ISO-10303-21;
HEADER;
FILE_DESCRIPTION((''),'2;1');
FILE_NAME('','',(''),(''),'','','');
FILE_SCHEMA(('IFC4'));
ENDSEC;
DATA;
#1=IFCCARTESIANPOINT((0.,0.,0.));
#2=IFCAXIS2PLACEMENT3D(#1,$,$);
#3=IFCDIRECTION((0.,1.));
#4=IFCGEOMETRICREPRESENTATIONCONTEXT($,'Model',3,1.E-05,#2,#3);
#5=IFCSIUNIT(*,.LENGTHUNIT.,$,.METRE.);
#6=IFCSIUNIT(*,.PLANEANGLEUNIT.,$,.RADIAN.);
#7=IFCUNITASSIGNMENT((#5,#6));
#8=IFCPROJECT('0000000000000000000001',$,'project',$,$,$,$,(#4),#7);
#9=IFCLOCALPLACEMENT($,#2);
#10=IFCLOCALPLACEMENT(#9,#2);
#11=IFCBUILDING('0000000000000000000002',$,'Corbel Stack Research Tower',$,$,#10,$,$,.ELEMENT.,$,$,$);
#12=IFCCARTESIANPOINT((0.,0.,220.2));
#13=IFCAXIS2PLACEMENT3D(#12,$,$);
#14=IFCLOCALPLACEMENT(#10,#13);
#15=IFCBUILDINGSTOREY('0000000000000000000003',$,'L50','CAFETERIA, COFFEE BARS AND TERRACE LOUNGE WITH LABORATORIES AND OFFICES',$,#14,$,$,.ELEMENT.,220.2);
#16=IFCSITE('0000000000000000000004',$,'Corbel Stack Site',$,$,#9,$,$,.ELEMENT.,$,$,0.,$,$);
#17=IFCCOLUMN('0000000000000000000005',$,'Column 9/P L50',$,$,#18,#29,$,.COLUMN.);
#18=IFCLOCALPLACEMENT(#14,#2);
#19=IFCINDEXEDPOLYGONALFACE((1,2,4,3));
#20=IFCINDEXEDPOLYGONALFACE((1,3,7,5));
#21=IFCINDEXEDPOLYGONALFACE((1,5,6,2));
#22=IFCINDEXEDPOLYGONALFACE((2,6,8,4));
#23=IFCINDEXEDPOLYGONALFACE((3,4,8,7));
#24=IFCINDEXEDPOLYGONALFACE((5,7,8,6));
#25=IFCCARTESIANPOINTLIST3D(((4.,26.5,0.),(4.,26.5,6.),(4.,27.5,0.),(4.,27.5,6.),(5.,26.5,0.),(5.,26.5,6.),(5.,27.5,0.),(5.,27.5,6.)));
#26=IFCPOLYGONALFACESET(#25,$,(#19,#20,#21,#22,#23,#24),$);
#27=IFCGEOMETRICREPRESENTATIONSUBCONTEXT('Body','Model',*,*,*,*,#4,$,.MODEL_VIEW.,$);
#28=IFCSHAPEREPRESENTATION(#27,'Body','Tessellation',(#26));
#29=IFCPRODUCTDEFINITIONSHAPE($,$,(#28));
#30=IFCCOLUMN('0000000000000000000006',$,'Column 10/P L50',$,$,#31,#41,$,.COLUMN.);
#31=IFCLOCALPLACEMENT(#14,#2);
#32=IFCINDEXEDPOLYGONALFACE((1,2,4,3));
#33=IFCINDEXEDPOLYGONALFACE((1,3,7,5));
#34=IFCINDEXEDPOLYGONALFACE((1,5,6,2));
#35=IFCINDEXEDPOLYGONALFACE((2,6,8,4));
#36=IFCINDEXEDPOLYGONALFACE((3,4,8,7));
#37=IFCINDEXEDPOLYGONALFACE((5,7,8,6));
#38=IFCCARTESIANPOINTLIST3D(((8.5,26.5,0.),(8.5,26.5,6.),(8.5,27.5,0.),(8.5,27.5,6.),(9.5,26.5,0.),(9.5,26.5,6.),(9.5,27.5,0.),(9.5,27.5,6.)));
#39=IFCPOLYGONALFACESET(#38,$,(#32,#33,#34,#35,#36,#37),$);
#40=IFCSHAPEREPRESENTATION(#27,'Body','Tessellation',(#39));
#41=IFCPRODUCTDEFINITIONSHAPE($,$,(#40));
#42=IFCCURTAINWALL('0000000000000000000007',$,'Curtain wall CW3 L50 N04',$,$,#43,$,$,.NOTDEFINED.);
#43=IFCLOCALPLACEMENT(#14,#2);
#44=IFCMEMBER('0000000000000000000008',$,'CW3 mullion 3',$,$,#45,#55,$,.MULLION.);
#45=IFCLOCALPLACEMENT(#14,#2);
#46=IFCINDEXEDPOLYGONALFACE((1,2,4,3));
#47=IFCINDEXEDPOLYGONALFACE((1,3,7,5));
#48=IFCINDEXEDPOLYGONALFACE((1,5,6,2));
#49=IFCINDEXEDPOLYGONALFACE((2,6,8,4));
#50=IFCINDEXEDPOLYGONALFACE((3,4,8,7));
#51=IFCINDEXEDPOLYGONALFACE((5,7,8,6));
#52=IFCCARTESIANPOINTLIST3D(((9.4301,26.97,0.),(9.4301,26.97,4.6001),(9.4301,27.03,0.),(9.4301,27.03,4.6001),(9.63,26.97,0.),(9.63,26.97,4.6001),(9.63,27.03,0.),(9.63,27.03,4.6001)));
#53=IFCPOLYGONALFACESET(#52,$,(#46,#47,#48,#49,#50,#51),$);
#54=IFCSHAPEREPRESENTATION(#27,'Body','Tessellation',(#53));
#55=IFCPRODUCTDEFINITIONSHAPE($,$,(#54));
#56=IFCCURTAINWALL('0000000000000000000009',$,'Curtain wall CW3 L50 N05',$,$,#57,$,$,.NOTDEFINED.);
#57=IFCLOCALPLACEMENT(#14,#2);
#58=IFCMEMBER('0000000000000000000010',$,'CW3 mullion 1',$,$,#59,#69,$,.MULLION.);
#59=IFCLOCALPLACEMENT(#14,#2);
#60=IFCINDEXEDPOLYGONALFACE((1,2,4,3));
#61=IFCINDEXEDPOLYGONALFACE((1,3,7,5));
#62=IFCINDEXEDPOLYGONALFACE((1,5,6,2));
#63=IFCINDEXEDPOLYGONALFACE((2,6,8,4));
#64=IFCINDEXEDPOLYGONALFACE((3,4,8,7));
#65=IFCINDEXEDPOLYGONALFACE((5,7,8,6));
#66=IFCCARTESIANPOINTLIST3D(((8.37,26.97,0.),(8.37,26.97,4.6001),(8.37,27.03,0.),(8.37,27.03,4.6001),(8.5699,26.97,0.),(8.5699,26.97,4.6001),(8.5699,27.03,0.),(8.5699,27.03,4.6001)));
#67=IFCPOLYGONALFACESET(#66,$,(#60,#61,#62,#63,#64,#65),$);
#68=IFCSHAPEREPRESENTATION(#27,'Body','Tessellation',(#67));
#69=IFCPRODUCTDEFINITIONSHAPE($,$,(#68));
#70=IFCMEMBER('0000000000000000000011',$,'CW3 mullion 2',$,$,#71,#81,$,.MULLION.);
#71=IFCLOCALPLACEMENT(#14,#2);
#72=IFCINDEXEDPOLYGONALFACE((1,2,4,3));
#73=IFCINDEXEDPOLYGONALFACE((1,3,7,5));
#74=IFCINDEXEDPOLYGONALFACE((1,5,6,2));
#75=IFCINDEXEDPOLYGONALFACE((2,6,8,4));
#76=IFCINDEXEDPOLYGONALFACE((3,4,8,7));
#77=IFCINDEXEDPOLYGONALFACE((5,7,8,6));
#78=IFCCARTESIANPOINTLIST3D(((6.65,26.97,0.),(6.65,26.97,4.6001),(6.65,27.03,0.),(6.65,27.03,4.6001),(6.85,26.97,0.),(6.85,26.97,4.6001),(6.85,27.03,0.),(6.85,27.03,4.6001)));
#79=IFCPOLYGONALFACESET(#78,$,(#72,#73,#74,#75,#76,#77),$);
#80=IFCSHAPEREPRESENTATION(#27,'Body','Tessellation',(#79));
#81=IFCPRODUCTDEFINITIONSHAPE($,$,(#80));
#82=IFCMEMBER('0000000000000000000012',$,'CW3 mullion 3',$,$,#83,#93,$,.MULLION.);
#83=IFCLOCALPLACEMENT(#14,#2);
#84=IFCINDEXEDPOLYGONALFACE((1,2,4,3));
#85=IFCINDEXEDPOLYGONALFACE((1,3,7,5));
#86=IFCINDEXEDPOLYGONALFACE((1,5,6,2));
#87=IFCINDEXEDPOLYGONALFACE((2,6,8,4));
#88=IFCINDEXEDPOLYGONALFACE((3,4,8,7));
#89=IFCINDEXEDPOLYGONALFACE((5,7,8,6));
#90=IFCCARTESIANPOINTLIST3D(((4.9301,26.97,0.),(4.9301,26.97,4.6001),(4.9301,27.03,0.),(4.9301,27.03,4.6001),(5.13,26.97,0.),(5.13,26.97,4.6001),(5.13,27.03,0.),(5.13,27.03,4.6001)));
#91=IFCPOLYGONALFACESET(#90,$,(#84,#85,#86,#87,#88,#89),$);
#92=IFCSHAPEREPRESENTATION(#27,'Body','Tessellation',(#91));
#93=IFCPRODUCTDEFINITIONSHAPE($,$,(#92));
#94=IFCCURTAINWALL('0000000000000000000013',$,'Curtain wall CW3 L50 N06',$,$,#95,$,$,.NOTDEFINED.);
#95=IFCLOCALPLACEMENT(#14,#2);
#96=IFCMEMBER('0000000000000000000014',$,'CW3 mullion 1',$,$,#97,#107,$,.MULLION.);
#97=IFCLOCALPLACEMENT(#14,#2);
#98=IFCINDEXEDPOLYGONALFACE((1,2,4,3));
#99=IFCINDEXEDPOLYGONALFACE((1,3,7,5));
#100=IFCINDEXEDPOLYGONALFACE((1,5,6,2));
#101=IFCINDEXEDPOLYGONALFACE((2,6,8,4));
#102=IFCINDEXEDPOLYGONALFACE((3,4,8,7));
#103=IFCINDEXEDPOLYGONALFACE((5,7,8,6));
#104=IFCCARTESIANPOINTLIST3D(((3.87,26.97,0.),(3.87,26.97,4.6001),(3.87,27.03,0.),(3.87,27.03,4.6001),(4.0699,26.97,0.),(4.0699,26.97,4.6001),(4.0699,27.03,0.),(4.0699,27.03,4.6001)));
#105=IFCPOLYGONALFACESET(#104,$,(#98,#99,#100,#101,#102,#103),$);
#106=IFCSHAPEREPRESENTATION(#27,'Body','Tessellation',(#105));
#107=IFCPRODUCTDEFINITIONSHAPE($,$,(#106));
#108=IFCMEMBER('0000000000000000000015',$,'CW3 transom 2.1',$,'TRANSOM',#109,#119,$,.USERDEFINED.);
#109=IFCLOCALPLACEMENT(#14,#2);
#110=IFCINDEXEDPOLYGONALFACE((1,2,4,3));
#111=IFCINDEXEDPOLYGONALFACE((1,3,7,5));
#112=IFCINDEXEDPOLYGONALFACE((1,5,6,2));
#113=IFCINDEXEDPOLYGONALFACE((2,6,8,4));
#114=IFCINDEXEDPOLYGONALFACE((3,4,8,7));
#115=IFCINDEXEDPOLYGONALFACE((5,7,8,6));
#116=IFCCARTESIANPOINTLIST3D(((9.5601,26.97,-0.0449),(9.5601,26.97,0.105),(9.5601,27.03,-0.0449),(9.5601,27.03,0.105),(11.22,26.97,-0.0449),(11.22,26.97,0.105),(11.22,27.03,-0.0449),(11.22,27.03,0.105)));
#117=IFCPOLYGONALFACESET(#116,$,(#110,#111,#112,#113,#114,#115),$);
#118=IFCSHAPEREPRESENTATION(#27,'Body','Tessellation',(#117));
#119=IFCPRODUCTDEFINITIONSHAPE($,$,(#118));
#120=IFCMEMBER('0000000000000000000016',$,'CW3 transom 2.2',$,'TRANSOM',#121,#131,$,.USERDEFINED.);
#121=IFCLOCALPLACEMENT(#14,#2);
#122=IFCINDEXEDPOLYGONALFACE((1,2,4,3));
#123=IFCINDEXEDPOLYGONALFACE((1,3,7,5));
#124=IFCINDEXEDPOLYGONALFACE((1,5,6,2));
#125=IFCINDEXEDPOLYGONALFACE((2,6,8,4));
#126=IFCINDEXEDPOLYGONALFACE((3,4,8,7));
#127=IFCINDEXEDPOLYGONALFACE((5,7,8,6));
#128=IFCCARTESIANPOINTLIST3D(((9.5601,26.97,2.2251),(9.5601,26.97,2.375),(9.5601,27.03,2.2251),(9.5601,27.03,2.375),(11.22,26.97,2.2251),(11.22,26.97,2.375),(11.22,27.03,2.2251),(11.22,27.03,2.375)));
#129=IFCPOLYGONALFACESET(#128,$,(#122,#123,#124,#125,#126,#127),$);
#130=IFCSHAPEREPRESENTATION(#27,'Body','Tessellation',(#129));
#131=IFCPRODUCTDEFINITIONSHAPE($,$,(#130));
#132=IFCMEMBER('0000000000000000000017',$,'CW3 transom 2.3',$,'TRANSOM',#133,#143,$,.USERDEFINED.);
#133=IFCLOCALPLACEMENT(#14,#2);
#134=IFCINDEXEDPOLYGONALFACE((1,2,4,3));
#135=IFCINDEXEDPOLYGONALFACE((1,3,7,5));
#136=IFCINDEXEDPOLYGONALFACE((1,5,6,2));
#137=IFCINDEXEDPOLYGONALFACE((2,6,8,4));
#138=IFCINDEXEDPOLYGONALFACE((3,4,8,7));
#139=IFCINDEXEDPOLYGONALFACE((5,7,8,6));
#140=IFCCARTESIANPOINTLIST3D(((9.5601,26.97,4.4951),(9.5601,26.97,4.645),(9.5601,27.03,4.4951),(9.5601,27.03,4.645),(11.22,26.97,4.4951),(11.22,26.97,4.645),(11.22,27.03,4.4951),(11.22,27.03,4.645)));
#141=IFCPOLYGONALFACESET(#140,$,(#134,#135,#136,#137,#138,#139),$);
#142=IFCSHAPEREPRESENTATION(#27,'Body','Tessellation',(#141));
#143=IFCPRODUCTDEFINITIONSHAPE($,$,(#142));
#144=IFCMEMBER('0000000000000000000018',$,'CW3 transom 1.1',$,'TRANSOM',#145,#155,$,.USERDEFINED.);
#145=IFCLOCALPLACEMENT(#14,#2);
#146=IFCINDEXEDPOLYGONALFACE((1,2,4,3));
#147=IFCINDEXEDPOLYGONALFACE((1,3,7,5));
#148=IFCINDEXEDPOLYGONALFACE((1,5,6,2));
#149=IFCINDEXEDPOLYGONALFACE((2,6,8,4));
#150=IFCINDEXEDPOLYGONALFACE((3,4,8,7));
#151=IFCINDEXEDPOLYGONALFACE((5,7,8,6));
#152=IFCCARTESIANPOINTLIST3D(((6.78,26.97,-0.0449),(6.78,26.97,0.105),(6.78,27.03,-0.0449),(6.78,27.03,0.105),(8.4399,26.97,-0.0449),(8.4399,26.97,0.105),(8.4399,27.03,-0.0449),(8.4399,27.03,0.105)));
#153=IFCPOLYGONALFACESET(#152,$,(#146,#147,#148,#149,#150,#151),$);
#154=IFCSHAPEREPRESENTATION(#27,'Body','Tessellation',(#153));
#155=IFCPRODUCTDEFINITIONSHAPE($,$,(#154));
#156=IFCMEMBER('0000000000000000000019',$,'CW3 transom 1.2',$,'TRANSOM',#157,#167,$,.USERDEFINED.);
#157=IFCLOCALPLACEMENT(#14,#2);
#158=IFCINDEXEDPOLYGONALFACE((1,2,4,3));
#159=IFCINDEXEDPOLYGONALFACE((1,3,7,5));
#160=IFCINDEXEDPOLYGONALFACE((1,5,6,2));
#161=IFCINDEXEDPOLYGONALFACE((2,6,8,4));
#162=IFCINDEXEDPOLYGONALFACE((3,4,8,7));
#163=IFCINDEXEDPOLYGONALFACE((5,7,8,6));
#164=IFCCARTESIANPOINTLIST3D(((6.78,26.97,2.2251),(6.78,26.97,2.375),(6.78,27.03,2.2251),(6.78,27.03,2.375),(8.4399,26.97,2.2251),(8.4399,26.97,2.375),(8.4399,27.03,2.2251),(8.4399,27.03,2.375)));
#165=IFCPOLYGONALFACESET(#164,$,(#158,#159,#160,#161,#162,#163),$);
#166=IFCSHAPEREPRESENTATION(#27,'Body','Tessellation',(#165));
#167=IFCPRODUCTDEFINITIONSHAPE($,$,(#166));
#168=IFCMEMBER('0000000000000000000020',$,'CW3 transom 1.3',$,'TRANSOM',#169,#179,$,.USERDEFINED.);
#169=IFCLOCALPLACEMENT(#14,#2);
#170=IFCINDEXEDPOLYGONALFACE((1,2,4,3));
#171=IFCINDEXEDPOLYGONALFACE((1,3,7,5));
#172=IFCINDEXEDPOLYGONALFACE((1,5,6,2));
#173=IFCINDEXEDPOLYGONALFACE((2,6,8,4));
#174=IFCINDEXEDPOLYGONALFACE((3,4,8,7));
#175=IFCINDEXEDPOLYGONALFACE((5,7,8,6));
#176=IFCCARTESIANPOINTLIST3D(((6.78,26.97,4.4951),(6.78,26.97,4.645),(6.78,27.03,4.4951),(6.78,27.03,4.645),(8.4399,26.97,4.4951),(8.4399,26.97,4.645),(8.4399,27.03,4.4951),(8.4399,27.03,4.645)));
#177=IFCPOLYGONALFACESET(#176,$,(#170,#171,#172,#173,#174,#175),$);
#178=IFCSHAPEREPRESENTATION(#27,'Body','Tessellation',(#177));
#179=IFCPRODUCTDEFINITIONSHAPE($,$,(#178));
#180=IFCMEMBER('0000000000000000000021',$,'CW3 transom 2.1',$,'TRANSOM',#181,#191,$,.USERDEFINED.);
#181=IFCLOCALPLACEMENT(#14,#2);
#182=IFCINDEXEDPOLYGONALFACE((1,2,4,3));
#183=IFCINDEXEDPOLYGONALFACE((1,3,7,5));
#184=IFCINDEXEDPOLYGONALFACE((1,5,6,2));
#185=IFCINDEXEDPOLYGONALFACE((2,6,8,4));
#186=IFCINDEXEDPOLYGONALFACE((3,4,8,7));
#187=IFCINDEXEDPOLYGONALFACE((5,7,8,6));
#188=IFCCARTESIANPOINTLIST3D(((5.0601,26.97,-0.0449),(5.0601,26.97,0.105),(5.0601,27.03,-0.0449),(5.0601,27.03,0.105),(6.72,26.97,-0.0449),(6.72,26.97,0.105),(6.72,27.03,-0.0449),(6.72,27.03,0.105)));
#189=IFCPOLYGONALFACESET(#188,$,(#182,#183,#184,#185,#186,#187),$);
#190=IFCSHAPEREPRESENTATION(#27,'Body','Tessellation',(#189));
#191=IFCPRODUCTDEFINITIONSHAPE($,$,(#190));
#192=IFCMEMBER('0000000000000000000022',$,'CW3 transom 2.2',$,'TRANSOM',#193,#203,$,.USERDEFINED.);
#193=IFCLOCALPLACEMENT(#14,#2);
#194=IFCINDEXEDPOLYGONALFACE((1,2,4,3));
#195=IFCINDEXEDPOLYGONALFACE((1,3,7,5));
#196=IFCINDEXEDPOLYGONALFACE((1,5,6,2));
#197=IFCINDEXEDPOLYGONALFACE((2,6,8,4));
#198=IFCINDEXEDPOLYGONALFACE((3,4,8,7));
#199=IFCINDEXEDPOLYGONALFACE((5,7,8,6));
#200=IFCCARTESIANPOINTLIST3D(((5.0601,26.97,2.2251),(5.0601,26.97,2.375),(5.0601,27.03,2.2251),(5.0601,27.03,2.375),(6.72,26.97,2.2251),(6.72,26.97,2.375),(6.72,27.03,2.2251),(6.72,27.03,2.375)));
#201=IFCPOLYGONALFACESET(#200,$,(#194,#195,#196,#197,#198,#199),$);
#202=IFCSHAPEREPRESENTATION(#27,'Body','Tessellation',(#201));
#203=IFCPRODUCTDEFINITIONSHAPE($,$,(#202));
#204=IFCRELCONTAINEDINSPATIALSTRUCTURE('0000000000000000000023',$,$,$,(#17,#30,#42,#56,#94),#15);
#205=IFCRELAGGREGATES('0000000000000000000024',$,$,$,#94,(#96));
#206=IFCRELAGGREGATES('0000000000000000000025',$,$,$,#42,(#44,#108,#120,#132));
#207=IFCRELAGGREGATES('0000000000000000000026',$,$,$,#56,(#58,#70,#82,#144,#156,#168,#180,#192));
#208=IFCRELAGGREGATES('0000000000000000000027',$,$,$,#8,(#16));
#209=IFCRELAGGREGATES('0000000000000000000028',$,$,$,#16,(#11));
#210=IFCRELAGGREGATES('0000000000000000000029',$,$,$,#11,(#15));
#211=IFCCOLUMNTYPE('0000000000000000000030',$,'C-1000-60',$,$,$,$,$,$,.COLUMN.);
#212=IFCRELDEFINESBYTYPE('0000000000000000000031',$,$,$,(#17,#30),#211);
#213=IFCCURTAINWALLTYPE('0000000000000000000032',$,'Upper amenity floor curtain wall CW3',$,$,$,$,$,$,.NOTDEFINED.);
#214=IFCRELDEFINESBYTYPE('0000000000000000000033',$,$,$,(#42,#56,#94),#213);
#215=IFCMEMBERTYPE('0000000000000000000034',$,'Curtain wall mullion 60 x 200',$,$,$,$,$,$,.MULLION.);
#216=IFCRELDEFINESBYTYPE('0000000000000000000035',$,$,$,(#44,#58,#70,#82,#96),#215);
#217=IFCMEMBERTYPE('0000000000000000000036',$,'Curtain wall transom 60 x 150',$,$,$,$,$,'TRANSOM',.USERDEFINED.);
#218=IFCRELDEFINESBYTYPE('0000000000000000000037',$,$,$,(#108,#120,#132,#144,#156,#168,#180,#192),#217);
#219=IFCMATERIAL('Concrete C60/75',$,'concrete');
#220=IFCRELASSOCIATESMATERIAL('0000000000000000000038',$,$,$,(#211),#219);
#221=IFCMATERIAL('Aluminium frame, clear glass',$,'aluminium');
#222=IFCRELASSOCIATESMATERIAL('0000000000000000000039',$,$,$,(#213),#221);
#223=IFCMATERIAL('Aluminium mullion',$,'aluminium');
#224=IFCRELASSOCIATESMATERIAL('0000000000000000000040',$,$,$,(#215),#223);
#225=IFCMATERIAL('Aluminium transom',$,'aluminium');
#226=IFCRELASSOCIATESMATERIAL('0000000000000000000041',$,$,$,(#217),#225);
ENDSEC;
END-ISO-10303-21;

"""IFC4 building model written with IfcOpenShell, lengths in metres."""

from ifc_helpers import new_model, si_unit, direction, frame, origin, origin_2d, place, context, subcontext, project, spatial, rectangle, extrude, material, material_profile, profile_set, type_object, element, aggregate, save


model = new_model("IFC4")

# Units and contexts
model_context = context("Model", 3, precision=1e-05, world=origin(), true_north=direction((0.0, 1.0)))
body_context = subcontext(model_context, "Body", "Model", "MODEL_VIEW")
ifc_project = project(units=[si_unit("LENGTHUNIT", "METRE"), si_unit("PLANEANGLEUNIT", "RADIAN")], contexts=[model_context])

# Site, building, storey
site_placement = place(None, origin())
site = spatial("IfcSite", under=ifc_project, at=site_placement, Name="Corbel Stack Site", CompositionType="ELEMENT", RefElevation=0.0)
building_placement = place(site_placement, origin())
building = spatial("IfcBuilding", under=site, at=building_placement, Name="Corbel Stack Research Tower", CompositionType="ELEMENT")
storey_placement = place(building_placement, frame((0.0, 0.0, 220.2)))
storey = spatial("IfcBuildingStorey", under=building, at=storey_placement, Name="L50", Description="CAFETERIA, COFFEE BARS AND TERRACE LOUNGE WITH LABORATORIES AND OFFICES", CompositionType="ELEMENT", Elevation=220.2)

# Columns
ifc_material_1 = material(Name="Concrete C60/75", Category="concrete")
ifc_material_profile_1 = material_profile(ifc_material_1, rectangle(XDim=1.0, YDim=1.0, at=origin_2d()), Name="RC 1000 x 1000")
ifc_profile_set_1 = profile_set([ifc_material_profile_1], Name="Concrete C60/75")
column_type = type_object("IfcColumnType", Name="C-1000-60", PredefinedType="COLUMN", material=ifc_profile_set_1)
for number, where, z_axis, x_axis, name in (
    (1, (4.5, 27.0, 0.0), (0.0, 0.0, 1.0), (1.0, 0.0, 0.0), "Column 9/P L50"),
    (2, (9.0, 27.0, 0.0), (0.0, 0.0, 1.0), (1.0, 0.0, 0.0), "Column 10/P L50"),
):
    element("IfcColumn", number, at=place(storey_placement, frame(where, z_axis=z_axis, x_axis=x_axis)), inside=storey, type_object=column_type, Name=name, PredefinedType="COLUMN", context=body_context, shape_type="SweptSolid", body=[
        extrude(rectangle(XDim=1.0, YDim=1.0, at=origin_2d()), origin(), (0.0, 0.0, 1.0), 6.0),
    ])

# Curtain wall, member
ifc_material_2 = material(Name="Aluminium frame, clear glass", Category="aluminium")
curtain_wall_type = type_object("IfcCurtainWallType", Name="Upper amenity floor curtain wall CW3", PredefinedType="NOTDEFINED", material=ifc_material_2)
curtain_wall_1_placement = place(storey_placement, origin())
curtain_wall_1 = element("IfcCurtainWall", 3, at=curtain_wall_1_placement, inside=storey, type_object=curtain_wall_type, Name="Curtain wall CW3 L50 N04", PredefinedType="NOTDEFINED")
ifc_material_3 = material(Name="Aluminium mullion", Category="aluminium")
ifc_material_profile_2 = material_profile(ifc_material_3, rectangle(XDim=0.0601, YDim=0.2, at=origin_2d()), Name="Mullion 60 x 200")
ifc_profile_set_2 = profile_set([ifc_material_profile_2], Name="Aluminium mullion")
member_type_1 = type_object("IfcMemberType", Name="Curtain wall mullion 60 x 200", PredefinedType="MULLION", material=ifc_profile_set_2)
member_1_placement = place(storey_placement, frame((9.53, 27.0, 0.0), z_axis=(0.0, 0.0, 1.0), x_axis=(0.0, -1.0, 0.0)))
member_1 = element("IfcMember", 4, at=member_1_placement, type_object=member_type_1, Name="CW3 mullion 3", PredefinedType="MULLION", context=body_context, shape_type="SweptSolid", body=[
    extrude(rectangle(XDim=0.0601, YDim=0.2, at=origin_2d()), origin(), (0.0, 0.0, 1.0), 4.6001),
])

# Curtain wall, members
curtain_wall_2_placement = place(storey_placement, origin())
curtain_wall_2 = element("IfcCurtainWall", 5, at=curtain_wall_2_placement, inside=storey, type_object=curtain_wall_type, Name="Curtain wall CW3 L50 N05", PredefinedType="NOTDEFINED")
member_2_placement = place(storey_placement, frame((8.47, 27.0, 0.0), z_axis=(0.0, 0.0, 1.0), x_axis=(0.0, -1.0, 0.0)))
member_2 = element("IfcMember", 6, at=member_2_placement, type_object=member_type_1, Name="CW3 mullion 1", PredefinedType="MULLION", context=body_context, shape_type="SweptSolid", body=[
    extrude(rectangle(XDim=0.0601, YDim=0.2, at=origin_2d()), origin(), (0.0, 0.0, 1.0), 4.6001),
])
member_3_placement = place(storey_placement, frame((6.75, 27.0, 0.0), z_axis=(0.0, 0.0, 1.0), x_axis=(0.0, -1.0, 0.0)))
member_3 = element("IfcMember", 7, at=member_3_placement, type_object=member_type_1, Name="CW3 mullion 2", PredefinedType="MULLION", context=body_context, shape_type="SweptSolid", body=[
    extrude(rectangle(XDim=0.0601, YDim=0.2, at=origin_2d()), origin(), (0.0, 0.0, 1.0), 4.6001),
])
member_4_placement = place(storey_placement, frame((5.03, 27.0, 0.0), z_axis=(0.0, 0.0, 1.0), x_axis=(0.0, -1.0, 0.0)))
member_4 = element("IfcMember", 8, at=member_4_placement, type_object=member_type_1, Name="CW3 mullion 3", PredefinedType="MULLION", context=body_context, shape_type="SweptSolid", body=[
    extrude(rectangle(XDim=0.0601, YDim=0.2, at=origin_2d()), origin(), (0.0, 0.0, 1.0), 4.6001),
])

# Curtain wall, member
curtain_wall_3_placement = place(storey_placement, origin())
curtain_wall_3 = element("IfcCurtainWall", 9, at=curtain_wall_3_placement, inside=storey, type_object=curtain_wall_type, Name="Curtain wall CW3 L50 N06", PredefinedType="NOTDEFINED")
member_5_placement = place(storey_placement, frame((3.97, 27.0, 0.0), z_axis=(0.0, 0.0, 1.0), x_axis=(0.0, -1.0, 0.0)))
member_5 = element("IfcMember", 10, at=member_5_placement, type_object=member_type_1, Name="CW3 mullion 1", PredefinedType="MULLION", context=body_context, shape_type="SweptSolid", body=[
    extrude(rectangle(XDim=0.0601, YDim=0.2, at=origin_2d()), origin(), (0.0, 0.0, 1.0), 4.6001),
])
aggregate(curtain_wall_3, [member_5])

# Members
ifc_material_4 = material(Name="Aluminium transom", Category="aluminium")
ifc_material_profile_3 = material_profile(ifc_material_4, rectangle(XDim=0.0601, YDim=0.1499, at=origin_2d()), Name="Transom 60 x 150")
ifc_profile_set_3 = profile_set([ifc_material_profile_3], Name="Aluminium transom")
member_type_2 = type_object("IfcMemberType", Name="Curtain wall transom 60 x 150", ElementType="TRANSOM", PredefinedType="USERDEFINED", material=ifc_profile_set_3)
member_6_placement = place(storey_placement, frame((11.22, 27.0, 0.03), z_axis=(-1.0, 0.0, 0.0), x_axis=(0.0, -1.0, 0.0)))
member_6 = element("IfcMember", 11, at=member_6_placement, type_object=member_type_2, Name="CW3 transom 2.1", ObjectType="TRANSOM", PredefinedType="USERDEFINED", context=body_context, shape_type="SweptSolid", body=[
    extrude(rectangle(XDim=0.0601, YDim=0.1499, at=origin_2d()), origin(), (0.0, 0.0, 1.0), 1.6599),
])
member_7_placement = place(storey_placement, frame((11.22, 27.0, 2.3), z_axis=(-1.0, 0.0, 0.0), x_axis=(0.0, -1.0, 0.0)))
member_7 = element("IfcMember", 12, at=member_7_placement, type_object=member_type_2, Name="CW3 transom 2.2", ObjectType="TRANSOM", PredefinedType="USERDEFINED", context=body_context, shape_type="SweptSolid", body=[
    extrude(rectangle(XDim=0.0601, YDim=0.1499, at=origin_2d()), origin(), (0.0, 0.0, 1.0), 1.6599),
])
member_8_placement = place(storey_placement, frame((11.22, 27.0, 4.5701), z_axis=(-1.0, 0.0, 0.0), x_axis=(0.0, -1.0, 0.0)))
member_8 = element("IfcMember", 13, at=member_8_placement, type_object=member_type_2, Name="CW3 transom 2.3", ObjectType="TRANSOM", PredefinedType="USERDEFINED", context=body_context, shape_type="SweptSolid", body=[
    extrude(rectangle(XDim=0.0601, YDim=0.1499, at=origin_2d()), origin(), (0.0, 0.0, 1.0), 1.6599),
])
member_9_placement = place(storey_placement, frame((8.4399, 27.0, 0.03), z_axis=(-1.0, 0.0, 0.0), x_axis=(0.0, -1.0, 0.0)))
member_9 = element("IfcMember", 14, at=member_9_placement, type_object=member_type_2, Name="CW3 transom 1.1", ObjectType="TRANSOM", PredefinedType="USERDEFINED", context=body_context, shape_type="SweptSolid", body=[
    extrude(rectangle(XDim=0.0601, YDim=0.1499, at=origin_2d()), origin(), (0.0, 0.0, 1.0), 1.6599),
])
member_10_placement = place(storey_placement, frame((8.4399, 27.0, 2.3), z_axis=(-1.0, 0.0, 0.0), x_axis=(0.0, -1.0, 0.0)))
member_10 = element("IfcMember", 15, at=member_10_placement, type_object=member_type_2, Name="CW3 transom 1.2", ObjectType="TRANSOM", PredefinedType="USERDEFINED", context=body_context, shape_type="SweptSolid", body=[
    extrude(rectangle(XDim=0.0601, YDim=0.1499, at=origin_2d()), origin(), (0.0, 0.0, 1.0), 1.6599),
])
member_11_placement = place(storey_placement, frame((8.4399, 27.0, 4.5701), z_axis=(-1.0, 0.0, 0.0), x_axis=(0.0, -1.0, 0.0)))
member_11 = element("IfcMember", 16, at=member_11_placement, type_object=member_type_2, Name="CW3 transom 1.3", ObjectType="TRANSOM", PredefinedType="USERDEFINED", context=body_context, shape_type="SweptSolid", body=[
    extrude(rectangle(XDim=0.0601, YDim=0.1499, at=origin_2d()), origin(), (0.0, 0.0, 1.0), 1.6599),
])
member_12_placement = place(storey_placement, frame((6.72, 27.0, 0.03), z_axis=(-1.0, 0.0, 0.0), x_axis=(0.0, -1.0, 0.0)))
member_12 = element("IfcMember", 17, at=member_12_placement, type_object=member_type_2, Name="CW3 transom 2.1", ObjectType="TRANSOM", PredefinedType="USERDEFINED", context=body_context, shape_type="SweptSolid", body=[
    extrude(rectangle(XDim=0.0601, YDim=0.1499, at=origin_2d()), origin(), (0.0, 0.0, 1.0), 1.6599),
])
member_13_placement = place(storey_placement, frame((6.72, 27.0, 2.3), z_axis=(-1.0, 0.0, 0.0), x_axis=(0.0, -1.0, 0.0)))
member_13 = element("IfcMember", 18, at=member_13_placement, type_object=member_type_2, Name="CW3 transom 2.2", ObjectType="TRANSOM", PredefinedType="USERDEFINED", context=body_context, shape_type="SweptSolid", body=[
    extrude(rectangle(XDim=0.0601, YDim=0.1499, at=origin_2d()), origin(), (0.0, 0.0, 1.0), 1.6599),
])

aggregate(curtain_wall_1, [member_1, member_6, member_7, member_8])
aggregate(curtain_wall_2, [member_2, member_3, member_4, member_9, member_10, member_11, member_12, member_13])

save(model, "model.ifc")
